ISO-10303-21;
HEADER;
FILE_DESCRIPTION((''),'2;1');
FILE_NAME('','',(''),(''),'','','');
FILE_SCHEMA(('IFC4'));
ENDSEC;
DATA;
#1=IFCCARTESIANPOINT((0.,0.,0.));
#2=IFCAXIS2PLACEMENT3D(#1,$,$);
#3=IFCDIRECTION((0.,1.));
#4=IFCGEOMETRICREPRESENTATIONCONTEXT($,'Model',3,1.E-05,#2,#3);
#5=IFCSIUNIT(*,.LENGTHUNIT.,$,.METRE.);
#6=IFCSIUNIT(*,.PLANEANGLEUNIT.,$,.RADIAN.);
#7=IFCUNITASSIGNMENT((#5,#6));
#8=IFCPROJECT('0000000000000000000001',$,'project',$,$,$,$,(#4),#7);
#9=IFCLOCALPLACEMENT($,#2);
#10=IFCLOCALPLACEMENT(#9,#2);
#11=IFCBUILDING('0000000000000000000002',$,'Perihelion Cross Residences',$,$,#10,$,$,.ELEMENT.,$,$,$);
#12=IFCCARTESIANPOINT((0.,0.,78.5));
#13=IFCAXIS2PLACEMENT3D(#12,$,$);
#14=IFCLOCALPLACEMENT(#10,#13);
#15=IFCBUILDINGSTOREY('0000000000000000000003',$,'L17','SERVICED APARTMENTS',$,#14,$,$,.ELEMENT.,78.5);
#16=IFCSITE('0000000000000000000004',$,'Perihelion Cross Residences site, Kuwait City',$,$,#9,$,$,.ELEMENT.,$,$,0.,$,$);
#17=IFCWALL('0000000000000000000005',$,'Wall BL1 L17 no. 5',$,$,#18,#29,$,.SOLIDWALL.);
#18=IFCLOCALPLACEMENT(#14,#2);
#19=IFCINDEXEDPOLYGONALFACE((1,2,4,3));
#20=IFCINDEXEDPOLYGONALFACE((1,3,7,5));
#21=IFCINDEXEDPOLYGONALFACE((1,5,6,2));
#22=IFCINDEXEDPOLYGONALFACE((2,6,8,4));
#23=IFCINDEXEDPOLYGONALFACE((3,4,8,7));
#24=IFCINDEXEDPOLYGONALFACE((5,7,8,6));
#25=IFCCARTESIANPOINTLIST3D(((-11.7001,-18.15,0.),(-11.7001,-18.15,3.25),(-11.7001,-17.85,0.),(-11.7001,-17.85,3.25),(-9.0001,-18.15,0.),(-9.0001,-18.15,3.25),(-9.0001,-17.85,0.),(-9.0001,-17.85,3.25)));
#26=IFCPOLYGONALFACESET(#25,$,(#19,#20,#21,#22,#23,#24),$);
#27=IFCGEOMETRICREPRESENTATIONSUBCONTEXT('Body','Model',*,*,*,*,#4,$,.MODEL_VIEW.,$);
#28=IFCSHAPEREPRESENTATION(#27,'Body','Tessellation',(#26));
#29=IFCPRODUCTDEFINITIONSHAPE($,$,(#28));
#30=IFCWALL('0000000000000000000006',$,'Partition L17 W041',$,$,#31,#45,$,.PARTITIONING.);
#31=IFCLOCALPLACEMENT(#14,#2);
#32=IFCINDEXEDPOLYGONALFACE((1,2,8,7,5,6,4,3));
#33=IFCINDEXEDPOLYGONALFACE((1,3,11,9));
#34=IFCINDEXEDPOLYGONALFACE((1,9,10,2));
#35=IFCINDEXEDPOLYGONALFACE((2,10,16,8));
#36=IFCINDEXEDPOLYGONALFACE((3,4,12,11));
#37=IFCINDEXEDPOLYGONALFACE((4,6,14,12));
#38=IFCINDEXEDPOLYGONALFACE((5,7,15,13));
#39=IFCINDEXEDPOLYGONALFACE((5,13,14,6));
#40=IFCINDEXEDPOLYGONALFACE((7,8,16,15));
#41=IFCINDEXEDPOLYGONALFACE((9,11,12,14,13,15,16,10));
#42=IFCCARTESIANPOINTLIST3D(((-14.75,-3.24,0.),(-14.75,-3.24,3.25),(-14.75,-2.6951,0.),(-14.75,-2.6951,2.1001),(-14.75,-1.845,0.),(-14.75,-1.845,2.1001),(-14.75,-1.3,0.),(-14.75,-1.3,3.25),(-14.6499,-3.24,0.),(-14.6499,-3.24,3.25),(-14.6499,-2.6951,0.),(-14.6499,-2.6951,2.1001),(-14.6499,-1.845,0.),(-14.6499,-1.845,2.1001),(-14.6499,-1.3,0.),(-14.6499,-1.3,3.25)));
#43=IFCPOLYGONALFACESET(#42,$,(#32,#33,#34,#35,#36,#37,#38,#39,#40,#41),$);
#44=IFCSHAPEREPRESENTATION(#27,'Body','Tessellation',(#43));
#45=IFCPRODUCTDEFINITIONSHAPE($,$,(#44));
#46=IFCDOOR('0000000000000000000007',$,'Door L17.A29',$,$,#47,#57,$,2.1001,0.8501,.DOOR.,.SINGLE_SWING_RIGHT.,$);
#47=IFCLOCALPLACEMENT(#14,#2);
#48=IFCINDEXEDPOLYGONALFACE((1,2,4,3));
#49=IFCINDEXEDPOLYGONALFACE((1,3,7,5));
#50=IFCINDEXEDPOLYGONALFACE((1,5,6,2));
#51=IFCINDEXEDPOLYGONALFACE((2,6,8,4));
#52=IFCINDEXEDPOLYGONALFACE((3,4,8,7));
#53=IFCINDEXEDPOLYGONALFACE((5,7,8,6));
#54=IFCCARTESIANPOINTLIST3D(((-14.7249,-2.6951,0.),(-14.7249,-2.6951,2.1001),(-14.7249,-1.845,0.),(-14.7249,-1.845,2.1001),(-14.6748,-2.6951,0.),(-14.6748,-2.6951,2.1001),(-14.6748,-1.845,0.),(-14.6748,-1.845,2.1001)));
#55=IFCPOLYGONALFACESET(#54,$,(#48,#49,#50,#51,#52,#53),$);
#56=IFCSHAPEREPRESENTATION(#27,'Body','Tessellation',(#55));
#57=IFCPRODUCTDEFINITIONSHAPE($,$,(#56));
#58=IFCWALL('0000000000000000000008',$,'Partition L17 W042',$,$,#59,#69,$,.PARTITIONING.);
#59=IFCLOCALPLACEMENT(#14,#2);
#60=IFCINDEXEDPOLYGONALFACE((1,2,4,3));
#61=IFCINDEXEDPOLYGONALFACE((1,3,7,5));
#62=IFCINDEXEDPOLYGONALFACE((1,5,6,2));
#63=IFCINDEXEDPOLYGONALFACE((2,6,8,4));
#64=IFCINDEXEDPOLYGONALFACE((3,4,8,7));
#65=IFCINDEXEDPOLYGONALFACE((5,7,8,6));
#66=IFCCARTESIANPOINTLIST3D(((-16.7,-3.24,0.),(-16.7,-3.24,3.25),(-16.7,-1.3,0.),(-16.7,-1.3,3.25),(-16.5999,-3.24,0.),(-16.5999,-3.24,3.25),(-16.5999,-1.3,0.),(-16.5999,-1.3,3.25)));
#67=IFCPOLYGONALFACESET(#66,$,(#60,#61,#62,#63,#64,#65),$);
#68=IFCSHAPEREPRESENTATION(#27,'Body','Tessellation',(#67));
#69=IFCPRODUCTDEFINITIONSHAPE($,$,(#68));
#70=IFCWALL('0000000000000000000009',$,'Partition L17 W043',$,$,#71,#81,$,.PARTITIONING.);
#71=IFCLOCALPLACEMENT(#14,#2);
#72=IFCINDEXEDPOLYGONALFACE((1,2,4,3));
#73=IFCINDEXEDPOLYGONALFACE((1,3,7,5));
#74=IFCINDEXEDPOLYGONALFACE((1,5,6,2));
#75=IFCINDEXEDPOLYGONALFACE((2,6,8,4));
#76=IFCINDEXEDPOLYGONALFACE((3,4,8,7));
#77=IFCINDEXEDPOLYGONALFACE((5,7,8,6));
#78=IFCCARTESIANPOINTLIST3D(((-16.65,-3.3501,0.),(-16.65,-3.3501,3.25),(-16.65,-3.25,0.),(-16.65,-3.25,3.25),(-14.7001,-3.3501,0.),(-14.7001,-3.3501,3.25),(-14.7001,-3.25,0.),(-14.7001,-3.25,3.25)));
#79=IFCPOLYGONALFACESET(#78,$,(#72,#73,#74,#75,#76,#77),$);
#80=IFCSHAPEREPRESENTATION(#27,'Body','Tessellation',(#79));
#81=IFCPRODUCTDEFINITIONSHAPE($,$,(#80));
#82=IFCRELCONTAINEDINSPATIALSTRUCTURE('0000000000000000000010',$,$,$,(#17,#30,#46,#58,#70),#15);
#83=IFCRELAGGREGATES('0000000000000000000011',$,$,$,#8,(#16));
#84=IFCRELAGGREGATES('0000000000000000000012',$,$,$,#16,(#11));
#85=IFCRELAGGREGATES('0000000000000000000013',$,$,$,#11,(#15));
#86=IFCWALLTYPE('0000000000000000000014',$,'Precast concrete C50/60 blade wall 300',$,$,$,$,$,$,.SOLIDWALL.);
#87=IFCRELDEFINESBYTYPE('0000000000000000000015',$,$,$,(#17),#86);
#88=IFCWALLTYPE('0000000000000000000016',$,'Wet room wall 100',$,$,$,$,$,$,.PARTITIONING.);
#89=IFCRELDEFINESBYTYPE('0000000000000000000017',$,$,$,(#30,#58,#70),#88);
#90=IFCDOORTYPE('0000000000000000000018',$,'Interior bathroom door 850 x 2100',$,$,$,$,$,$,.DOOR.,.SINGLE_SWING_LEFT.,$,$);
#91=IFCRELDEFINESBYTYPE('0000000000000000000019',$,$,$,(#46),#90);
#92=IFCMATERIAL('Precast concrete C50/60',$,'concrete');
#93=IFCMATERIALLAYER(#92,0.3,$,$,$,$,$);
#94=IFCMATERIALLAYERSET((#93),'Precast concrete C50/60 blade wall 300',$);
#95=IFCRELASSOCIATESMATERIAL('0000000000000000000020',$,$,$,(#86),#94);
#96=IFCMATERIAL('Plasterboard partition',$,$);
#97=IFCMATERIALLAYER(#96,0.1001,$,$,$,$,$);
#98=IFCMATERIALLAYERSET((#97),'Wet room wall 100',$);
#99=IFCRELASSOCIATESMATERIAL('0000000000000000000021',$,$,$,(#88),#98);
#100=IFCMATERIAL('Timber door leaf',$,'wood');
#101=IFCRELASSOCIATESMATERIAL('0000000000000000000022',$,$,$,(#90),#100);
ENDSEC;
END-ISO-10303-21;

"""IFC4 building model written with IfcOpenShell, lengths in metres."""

from ifc_helpers import new_model, si_unit, direction, frame, frame_2d, origin, place, context, subcontext, project, spatial, rectangle, extrude, material, layer, layer_set, type_object, element, fill, save


model = new_model("IFC4")

# Units and contexts
model_context = context("Model", 3, precision=1e-05, world=origin(), true_north=direction((0.0, 1.0)))
body_context = subcontext(model_context, "Body", "Model", "MODEL_VIEW")
ifc_project = project(units=[si_unit("LENGTHUNIT", "METRE"), si_unit("PLANEANGLEUNIT", "RADIAN")], contexts=[model_context])

# Site, building, storey
site_placement = place(None, origin())
site = spatial("IfcSite", under=ifc_project, at=site_placement, Name="Perihelion Cross Residences site, Kuwait City", CompositionType="ELEMENT", RefElevation=0.0)
building_placement = place(site_placement, origin())
building = spatial("IfcBuilding", under=site, at=building_placement, Name="Perihelion Cross Residences", CompositionType="ELEMENT")
storey_placement = place(building_placement, frame((0.0, 0.0, 78.5)))
storey = spatial("IfcBuildingStorey", under=building, at=storey_placement, Name="L17", Description="SERVICED APARTMENTS", CompositionType="ELEMENT", Elevation=78.5)

# Wall
ifc_material_1 = material(Name="Precast concrete C50/60", Category="concrete")
ifc_layer_1 = layer(ifc_material_1, 0.3)
ifc_layer_set_1 = layer_set([ifc_layer_1], Name="Precast concrete C50/60 blade wall 300")
wall_type_1 = type_object("IfcWallType", Name="Precast concrete C50/60 blade wall 300", PredefinedType="SOLIDWALL", material=ifc_layer_set_1)
wall_1_placement = place(storey_placement, frame((-9.0, -18.0, 0.0), z_axis=(0.0, 0.0, 1.0), x_axis=(-1.0, 0.0, 0.0)))
element("IfcWall", 1, at=wall_1_placement, inside=storey, type_object=wall_type_1, Name="Wall BL1 L17 no. 5", PredefinedType="SOLIDWALL", context=body_context, shape_type="SweptSolid", body=[
    extrude(rectangle(XDim=2.7, YDim=0.3, at=frame_2d((1.3501, 0.0))), origin(), (0.0, 0.0, 1.0), 3.25),
])

# Wall, opening, door
ifc_material_2 = material(Name="Plasterboard partition")
ifc_layer_2 = layer(ifc_material_2, 0.1001)
ifc_layer_set_2 = layer_set([ifc_layer_2], Name="Wet room wall 100")
wall_type_2 = type_object("IfcWallType", Name="Wet room wall 100", PredefinedType="PARTITIONING", material=ifc_layer_set_2)
wall_2_placement = place(storey_placement, frame((-14.7, -3.24, 0.0), z_axis=(0.0, 0.0, 1.0), x_axis=(0.0, 1.0, 0.0)))
wall_2 = element("IfcWall", 2, at=wall_2_placement, inside=storey, type_object=wall_type_2, Name="Partition L17 W041", PredefinedType="PARTITIONING", context=body_context, shape_type="SweptSolid", body=[
    extrude(rectangle(XDim=1.9399, YDim=0.1001, at=frame_2d((0.97, 0.0))), origin(), (0.0, 0.0, 1.0), 3.25),
])
opening_1_placement = place(wall_2_placement, frame((0.5449, 0.0, 0.0)))
opening_1 = element("IfcOpeningElement", 3, at=opening_1_placement, cuts=wall_2, PredefinedType="OPENING", context=body_context, shape_type="SweptSolid", body=[
    extrude(rectangle(XDim=0.8501, YDim=2.1001, at=frame_2d((0.425, 1.05))), frame((0.0, 0.0601, 0.0), z_axis=(0.0, -1.0, 0.0), x_axis=(1.0, 0.0, 0.0)), (0.0, 0.0, 1.0), 0.1201),
])
ifc_material_3 = material(Name="Timber door leaf", Category="wood")
door_type_1 = type_object("IfcDoorType", Name="Interior bathroom door 850 x 2100", OperationType="SINGLE_SWING_LEFT", PredefinedType="DOOR", material=ifc_material_3)
door_1_placement = place(opening_1_placement, origin())
door_1 = element("IfcDoor", 4, at=door_1_placement, inside=storey, type_object=door_type_1, Name="Door L17.A29", OperationType="SINGLE_SWING_RIGHT", OverallHeight=2.1001, OverallWidth=0.8501, PredefinedType="DOOR", context=body_context, shape_type="SweptSolid", body=[
    extrude(rectangle(XDim=0.8501, YDim=2.1001, at=frame_2d((0.425, 1.05))), frame((0.0, 0.0249, 0.0), z_axis=(0.0, -1.0, 0.0), x_axis=(1.0, 0.0, 0.0)), (0.0, 0.0, 1.0), 0.05),
])
fill(opening_1, door_1)

# Walls
wall_3_placement = place(storey_placement, frame((-16.6499, -3.24, 0.0), z_axis=(0.0, 0.0, 1.0), x_axis=(0.0, 1.0, 0.0)))
element("IfcWall", 5, at=wall_3_placement, inside=storey, type_object=wall_type_2, Name="Partition L17 W042", PredefinedType="PARTITIONING", context=body_context, shape_type="SweptSolid", body=[
    extrude(rectangle(XDim=1.9399, YDim=0.1001, at=frame_2d((0.97, 0.0))), origin(), (0.0, 0.0, 1.0), 3.25),
])
wall_4_placement = place(storey_placement, frame((-14.7, -3.3, 0.0), z_axis=(0.0, 0.0, 1.0), x_axis=(-1.0, 0.0, 0.0)))
element("IfcWall", 6, at=wall_4_placement, inside=storey, type_object=wall_type_2, Name="Partition L17 W043", PredefinedType="PARTITIONING", context=body_context, shape_type="SweptSolid", body=[
    extrude(rectangle(XDim=1.95, YDim=0.1001, at=frame_2d((0.9751, 0.0))), origin(), (0.0, 0.0, 1.0), 3.25),
])

save(model, "model.ifc")
